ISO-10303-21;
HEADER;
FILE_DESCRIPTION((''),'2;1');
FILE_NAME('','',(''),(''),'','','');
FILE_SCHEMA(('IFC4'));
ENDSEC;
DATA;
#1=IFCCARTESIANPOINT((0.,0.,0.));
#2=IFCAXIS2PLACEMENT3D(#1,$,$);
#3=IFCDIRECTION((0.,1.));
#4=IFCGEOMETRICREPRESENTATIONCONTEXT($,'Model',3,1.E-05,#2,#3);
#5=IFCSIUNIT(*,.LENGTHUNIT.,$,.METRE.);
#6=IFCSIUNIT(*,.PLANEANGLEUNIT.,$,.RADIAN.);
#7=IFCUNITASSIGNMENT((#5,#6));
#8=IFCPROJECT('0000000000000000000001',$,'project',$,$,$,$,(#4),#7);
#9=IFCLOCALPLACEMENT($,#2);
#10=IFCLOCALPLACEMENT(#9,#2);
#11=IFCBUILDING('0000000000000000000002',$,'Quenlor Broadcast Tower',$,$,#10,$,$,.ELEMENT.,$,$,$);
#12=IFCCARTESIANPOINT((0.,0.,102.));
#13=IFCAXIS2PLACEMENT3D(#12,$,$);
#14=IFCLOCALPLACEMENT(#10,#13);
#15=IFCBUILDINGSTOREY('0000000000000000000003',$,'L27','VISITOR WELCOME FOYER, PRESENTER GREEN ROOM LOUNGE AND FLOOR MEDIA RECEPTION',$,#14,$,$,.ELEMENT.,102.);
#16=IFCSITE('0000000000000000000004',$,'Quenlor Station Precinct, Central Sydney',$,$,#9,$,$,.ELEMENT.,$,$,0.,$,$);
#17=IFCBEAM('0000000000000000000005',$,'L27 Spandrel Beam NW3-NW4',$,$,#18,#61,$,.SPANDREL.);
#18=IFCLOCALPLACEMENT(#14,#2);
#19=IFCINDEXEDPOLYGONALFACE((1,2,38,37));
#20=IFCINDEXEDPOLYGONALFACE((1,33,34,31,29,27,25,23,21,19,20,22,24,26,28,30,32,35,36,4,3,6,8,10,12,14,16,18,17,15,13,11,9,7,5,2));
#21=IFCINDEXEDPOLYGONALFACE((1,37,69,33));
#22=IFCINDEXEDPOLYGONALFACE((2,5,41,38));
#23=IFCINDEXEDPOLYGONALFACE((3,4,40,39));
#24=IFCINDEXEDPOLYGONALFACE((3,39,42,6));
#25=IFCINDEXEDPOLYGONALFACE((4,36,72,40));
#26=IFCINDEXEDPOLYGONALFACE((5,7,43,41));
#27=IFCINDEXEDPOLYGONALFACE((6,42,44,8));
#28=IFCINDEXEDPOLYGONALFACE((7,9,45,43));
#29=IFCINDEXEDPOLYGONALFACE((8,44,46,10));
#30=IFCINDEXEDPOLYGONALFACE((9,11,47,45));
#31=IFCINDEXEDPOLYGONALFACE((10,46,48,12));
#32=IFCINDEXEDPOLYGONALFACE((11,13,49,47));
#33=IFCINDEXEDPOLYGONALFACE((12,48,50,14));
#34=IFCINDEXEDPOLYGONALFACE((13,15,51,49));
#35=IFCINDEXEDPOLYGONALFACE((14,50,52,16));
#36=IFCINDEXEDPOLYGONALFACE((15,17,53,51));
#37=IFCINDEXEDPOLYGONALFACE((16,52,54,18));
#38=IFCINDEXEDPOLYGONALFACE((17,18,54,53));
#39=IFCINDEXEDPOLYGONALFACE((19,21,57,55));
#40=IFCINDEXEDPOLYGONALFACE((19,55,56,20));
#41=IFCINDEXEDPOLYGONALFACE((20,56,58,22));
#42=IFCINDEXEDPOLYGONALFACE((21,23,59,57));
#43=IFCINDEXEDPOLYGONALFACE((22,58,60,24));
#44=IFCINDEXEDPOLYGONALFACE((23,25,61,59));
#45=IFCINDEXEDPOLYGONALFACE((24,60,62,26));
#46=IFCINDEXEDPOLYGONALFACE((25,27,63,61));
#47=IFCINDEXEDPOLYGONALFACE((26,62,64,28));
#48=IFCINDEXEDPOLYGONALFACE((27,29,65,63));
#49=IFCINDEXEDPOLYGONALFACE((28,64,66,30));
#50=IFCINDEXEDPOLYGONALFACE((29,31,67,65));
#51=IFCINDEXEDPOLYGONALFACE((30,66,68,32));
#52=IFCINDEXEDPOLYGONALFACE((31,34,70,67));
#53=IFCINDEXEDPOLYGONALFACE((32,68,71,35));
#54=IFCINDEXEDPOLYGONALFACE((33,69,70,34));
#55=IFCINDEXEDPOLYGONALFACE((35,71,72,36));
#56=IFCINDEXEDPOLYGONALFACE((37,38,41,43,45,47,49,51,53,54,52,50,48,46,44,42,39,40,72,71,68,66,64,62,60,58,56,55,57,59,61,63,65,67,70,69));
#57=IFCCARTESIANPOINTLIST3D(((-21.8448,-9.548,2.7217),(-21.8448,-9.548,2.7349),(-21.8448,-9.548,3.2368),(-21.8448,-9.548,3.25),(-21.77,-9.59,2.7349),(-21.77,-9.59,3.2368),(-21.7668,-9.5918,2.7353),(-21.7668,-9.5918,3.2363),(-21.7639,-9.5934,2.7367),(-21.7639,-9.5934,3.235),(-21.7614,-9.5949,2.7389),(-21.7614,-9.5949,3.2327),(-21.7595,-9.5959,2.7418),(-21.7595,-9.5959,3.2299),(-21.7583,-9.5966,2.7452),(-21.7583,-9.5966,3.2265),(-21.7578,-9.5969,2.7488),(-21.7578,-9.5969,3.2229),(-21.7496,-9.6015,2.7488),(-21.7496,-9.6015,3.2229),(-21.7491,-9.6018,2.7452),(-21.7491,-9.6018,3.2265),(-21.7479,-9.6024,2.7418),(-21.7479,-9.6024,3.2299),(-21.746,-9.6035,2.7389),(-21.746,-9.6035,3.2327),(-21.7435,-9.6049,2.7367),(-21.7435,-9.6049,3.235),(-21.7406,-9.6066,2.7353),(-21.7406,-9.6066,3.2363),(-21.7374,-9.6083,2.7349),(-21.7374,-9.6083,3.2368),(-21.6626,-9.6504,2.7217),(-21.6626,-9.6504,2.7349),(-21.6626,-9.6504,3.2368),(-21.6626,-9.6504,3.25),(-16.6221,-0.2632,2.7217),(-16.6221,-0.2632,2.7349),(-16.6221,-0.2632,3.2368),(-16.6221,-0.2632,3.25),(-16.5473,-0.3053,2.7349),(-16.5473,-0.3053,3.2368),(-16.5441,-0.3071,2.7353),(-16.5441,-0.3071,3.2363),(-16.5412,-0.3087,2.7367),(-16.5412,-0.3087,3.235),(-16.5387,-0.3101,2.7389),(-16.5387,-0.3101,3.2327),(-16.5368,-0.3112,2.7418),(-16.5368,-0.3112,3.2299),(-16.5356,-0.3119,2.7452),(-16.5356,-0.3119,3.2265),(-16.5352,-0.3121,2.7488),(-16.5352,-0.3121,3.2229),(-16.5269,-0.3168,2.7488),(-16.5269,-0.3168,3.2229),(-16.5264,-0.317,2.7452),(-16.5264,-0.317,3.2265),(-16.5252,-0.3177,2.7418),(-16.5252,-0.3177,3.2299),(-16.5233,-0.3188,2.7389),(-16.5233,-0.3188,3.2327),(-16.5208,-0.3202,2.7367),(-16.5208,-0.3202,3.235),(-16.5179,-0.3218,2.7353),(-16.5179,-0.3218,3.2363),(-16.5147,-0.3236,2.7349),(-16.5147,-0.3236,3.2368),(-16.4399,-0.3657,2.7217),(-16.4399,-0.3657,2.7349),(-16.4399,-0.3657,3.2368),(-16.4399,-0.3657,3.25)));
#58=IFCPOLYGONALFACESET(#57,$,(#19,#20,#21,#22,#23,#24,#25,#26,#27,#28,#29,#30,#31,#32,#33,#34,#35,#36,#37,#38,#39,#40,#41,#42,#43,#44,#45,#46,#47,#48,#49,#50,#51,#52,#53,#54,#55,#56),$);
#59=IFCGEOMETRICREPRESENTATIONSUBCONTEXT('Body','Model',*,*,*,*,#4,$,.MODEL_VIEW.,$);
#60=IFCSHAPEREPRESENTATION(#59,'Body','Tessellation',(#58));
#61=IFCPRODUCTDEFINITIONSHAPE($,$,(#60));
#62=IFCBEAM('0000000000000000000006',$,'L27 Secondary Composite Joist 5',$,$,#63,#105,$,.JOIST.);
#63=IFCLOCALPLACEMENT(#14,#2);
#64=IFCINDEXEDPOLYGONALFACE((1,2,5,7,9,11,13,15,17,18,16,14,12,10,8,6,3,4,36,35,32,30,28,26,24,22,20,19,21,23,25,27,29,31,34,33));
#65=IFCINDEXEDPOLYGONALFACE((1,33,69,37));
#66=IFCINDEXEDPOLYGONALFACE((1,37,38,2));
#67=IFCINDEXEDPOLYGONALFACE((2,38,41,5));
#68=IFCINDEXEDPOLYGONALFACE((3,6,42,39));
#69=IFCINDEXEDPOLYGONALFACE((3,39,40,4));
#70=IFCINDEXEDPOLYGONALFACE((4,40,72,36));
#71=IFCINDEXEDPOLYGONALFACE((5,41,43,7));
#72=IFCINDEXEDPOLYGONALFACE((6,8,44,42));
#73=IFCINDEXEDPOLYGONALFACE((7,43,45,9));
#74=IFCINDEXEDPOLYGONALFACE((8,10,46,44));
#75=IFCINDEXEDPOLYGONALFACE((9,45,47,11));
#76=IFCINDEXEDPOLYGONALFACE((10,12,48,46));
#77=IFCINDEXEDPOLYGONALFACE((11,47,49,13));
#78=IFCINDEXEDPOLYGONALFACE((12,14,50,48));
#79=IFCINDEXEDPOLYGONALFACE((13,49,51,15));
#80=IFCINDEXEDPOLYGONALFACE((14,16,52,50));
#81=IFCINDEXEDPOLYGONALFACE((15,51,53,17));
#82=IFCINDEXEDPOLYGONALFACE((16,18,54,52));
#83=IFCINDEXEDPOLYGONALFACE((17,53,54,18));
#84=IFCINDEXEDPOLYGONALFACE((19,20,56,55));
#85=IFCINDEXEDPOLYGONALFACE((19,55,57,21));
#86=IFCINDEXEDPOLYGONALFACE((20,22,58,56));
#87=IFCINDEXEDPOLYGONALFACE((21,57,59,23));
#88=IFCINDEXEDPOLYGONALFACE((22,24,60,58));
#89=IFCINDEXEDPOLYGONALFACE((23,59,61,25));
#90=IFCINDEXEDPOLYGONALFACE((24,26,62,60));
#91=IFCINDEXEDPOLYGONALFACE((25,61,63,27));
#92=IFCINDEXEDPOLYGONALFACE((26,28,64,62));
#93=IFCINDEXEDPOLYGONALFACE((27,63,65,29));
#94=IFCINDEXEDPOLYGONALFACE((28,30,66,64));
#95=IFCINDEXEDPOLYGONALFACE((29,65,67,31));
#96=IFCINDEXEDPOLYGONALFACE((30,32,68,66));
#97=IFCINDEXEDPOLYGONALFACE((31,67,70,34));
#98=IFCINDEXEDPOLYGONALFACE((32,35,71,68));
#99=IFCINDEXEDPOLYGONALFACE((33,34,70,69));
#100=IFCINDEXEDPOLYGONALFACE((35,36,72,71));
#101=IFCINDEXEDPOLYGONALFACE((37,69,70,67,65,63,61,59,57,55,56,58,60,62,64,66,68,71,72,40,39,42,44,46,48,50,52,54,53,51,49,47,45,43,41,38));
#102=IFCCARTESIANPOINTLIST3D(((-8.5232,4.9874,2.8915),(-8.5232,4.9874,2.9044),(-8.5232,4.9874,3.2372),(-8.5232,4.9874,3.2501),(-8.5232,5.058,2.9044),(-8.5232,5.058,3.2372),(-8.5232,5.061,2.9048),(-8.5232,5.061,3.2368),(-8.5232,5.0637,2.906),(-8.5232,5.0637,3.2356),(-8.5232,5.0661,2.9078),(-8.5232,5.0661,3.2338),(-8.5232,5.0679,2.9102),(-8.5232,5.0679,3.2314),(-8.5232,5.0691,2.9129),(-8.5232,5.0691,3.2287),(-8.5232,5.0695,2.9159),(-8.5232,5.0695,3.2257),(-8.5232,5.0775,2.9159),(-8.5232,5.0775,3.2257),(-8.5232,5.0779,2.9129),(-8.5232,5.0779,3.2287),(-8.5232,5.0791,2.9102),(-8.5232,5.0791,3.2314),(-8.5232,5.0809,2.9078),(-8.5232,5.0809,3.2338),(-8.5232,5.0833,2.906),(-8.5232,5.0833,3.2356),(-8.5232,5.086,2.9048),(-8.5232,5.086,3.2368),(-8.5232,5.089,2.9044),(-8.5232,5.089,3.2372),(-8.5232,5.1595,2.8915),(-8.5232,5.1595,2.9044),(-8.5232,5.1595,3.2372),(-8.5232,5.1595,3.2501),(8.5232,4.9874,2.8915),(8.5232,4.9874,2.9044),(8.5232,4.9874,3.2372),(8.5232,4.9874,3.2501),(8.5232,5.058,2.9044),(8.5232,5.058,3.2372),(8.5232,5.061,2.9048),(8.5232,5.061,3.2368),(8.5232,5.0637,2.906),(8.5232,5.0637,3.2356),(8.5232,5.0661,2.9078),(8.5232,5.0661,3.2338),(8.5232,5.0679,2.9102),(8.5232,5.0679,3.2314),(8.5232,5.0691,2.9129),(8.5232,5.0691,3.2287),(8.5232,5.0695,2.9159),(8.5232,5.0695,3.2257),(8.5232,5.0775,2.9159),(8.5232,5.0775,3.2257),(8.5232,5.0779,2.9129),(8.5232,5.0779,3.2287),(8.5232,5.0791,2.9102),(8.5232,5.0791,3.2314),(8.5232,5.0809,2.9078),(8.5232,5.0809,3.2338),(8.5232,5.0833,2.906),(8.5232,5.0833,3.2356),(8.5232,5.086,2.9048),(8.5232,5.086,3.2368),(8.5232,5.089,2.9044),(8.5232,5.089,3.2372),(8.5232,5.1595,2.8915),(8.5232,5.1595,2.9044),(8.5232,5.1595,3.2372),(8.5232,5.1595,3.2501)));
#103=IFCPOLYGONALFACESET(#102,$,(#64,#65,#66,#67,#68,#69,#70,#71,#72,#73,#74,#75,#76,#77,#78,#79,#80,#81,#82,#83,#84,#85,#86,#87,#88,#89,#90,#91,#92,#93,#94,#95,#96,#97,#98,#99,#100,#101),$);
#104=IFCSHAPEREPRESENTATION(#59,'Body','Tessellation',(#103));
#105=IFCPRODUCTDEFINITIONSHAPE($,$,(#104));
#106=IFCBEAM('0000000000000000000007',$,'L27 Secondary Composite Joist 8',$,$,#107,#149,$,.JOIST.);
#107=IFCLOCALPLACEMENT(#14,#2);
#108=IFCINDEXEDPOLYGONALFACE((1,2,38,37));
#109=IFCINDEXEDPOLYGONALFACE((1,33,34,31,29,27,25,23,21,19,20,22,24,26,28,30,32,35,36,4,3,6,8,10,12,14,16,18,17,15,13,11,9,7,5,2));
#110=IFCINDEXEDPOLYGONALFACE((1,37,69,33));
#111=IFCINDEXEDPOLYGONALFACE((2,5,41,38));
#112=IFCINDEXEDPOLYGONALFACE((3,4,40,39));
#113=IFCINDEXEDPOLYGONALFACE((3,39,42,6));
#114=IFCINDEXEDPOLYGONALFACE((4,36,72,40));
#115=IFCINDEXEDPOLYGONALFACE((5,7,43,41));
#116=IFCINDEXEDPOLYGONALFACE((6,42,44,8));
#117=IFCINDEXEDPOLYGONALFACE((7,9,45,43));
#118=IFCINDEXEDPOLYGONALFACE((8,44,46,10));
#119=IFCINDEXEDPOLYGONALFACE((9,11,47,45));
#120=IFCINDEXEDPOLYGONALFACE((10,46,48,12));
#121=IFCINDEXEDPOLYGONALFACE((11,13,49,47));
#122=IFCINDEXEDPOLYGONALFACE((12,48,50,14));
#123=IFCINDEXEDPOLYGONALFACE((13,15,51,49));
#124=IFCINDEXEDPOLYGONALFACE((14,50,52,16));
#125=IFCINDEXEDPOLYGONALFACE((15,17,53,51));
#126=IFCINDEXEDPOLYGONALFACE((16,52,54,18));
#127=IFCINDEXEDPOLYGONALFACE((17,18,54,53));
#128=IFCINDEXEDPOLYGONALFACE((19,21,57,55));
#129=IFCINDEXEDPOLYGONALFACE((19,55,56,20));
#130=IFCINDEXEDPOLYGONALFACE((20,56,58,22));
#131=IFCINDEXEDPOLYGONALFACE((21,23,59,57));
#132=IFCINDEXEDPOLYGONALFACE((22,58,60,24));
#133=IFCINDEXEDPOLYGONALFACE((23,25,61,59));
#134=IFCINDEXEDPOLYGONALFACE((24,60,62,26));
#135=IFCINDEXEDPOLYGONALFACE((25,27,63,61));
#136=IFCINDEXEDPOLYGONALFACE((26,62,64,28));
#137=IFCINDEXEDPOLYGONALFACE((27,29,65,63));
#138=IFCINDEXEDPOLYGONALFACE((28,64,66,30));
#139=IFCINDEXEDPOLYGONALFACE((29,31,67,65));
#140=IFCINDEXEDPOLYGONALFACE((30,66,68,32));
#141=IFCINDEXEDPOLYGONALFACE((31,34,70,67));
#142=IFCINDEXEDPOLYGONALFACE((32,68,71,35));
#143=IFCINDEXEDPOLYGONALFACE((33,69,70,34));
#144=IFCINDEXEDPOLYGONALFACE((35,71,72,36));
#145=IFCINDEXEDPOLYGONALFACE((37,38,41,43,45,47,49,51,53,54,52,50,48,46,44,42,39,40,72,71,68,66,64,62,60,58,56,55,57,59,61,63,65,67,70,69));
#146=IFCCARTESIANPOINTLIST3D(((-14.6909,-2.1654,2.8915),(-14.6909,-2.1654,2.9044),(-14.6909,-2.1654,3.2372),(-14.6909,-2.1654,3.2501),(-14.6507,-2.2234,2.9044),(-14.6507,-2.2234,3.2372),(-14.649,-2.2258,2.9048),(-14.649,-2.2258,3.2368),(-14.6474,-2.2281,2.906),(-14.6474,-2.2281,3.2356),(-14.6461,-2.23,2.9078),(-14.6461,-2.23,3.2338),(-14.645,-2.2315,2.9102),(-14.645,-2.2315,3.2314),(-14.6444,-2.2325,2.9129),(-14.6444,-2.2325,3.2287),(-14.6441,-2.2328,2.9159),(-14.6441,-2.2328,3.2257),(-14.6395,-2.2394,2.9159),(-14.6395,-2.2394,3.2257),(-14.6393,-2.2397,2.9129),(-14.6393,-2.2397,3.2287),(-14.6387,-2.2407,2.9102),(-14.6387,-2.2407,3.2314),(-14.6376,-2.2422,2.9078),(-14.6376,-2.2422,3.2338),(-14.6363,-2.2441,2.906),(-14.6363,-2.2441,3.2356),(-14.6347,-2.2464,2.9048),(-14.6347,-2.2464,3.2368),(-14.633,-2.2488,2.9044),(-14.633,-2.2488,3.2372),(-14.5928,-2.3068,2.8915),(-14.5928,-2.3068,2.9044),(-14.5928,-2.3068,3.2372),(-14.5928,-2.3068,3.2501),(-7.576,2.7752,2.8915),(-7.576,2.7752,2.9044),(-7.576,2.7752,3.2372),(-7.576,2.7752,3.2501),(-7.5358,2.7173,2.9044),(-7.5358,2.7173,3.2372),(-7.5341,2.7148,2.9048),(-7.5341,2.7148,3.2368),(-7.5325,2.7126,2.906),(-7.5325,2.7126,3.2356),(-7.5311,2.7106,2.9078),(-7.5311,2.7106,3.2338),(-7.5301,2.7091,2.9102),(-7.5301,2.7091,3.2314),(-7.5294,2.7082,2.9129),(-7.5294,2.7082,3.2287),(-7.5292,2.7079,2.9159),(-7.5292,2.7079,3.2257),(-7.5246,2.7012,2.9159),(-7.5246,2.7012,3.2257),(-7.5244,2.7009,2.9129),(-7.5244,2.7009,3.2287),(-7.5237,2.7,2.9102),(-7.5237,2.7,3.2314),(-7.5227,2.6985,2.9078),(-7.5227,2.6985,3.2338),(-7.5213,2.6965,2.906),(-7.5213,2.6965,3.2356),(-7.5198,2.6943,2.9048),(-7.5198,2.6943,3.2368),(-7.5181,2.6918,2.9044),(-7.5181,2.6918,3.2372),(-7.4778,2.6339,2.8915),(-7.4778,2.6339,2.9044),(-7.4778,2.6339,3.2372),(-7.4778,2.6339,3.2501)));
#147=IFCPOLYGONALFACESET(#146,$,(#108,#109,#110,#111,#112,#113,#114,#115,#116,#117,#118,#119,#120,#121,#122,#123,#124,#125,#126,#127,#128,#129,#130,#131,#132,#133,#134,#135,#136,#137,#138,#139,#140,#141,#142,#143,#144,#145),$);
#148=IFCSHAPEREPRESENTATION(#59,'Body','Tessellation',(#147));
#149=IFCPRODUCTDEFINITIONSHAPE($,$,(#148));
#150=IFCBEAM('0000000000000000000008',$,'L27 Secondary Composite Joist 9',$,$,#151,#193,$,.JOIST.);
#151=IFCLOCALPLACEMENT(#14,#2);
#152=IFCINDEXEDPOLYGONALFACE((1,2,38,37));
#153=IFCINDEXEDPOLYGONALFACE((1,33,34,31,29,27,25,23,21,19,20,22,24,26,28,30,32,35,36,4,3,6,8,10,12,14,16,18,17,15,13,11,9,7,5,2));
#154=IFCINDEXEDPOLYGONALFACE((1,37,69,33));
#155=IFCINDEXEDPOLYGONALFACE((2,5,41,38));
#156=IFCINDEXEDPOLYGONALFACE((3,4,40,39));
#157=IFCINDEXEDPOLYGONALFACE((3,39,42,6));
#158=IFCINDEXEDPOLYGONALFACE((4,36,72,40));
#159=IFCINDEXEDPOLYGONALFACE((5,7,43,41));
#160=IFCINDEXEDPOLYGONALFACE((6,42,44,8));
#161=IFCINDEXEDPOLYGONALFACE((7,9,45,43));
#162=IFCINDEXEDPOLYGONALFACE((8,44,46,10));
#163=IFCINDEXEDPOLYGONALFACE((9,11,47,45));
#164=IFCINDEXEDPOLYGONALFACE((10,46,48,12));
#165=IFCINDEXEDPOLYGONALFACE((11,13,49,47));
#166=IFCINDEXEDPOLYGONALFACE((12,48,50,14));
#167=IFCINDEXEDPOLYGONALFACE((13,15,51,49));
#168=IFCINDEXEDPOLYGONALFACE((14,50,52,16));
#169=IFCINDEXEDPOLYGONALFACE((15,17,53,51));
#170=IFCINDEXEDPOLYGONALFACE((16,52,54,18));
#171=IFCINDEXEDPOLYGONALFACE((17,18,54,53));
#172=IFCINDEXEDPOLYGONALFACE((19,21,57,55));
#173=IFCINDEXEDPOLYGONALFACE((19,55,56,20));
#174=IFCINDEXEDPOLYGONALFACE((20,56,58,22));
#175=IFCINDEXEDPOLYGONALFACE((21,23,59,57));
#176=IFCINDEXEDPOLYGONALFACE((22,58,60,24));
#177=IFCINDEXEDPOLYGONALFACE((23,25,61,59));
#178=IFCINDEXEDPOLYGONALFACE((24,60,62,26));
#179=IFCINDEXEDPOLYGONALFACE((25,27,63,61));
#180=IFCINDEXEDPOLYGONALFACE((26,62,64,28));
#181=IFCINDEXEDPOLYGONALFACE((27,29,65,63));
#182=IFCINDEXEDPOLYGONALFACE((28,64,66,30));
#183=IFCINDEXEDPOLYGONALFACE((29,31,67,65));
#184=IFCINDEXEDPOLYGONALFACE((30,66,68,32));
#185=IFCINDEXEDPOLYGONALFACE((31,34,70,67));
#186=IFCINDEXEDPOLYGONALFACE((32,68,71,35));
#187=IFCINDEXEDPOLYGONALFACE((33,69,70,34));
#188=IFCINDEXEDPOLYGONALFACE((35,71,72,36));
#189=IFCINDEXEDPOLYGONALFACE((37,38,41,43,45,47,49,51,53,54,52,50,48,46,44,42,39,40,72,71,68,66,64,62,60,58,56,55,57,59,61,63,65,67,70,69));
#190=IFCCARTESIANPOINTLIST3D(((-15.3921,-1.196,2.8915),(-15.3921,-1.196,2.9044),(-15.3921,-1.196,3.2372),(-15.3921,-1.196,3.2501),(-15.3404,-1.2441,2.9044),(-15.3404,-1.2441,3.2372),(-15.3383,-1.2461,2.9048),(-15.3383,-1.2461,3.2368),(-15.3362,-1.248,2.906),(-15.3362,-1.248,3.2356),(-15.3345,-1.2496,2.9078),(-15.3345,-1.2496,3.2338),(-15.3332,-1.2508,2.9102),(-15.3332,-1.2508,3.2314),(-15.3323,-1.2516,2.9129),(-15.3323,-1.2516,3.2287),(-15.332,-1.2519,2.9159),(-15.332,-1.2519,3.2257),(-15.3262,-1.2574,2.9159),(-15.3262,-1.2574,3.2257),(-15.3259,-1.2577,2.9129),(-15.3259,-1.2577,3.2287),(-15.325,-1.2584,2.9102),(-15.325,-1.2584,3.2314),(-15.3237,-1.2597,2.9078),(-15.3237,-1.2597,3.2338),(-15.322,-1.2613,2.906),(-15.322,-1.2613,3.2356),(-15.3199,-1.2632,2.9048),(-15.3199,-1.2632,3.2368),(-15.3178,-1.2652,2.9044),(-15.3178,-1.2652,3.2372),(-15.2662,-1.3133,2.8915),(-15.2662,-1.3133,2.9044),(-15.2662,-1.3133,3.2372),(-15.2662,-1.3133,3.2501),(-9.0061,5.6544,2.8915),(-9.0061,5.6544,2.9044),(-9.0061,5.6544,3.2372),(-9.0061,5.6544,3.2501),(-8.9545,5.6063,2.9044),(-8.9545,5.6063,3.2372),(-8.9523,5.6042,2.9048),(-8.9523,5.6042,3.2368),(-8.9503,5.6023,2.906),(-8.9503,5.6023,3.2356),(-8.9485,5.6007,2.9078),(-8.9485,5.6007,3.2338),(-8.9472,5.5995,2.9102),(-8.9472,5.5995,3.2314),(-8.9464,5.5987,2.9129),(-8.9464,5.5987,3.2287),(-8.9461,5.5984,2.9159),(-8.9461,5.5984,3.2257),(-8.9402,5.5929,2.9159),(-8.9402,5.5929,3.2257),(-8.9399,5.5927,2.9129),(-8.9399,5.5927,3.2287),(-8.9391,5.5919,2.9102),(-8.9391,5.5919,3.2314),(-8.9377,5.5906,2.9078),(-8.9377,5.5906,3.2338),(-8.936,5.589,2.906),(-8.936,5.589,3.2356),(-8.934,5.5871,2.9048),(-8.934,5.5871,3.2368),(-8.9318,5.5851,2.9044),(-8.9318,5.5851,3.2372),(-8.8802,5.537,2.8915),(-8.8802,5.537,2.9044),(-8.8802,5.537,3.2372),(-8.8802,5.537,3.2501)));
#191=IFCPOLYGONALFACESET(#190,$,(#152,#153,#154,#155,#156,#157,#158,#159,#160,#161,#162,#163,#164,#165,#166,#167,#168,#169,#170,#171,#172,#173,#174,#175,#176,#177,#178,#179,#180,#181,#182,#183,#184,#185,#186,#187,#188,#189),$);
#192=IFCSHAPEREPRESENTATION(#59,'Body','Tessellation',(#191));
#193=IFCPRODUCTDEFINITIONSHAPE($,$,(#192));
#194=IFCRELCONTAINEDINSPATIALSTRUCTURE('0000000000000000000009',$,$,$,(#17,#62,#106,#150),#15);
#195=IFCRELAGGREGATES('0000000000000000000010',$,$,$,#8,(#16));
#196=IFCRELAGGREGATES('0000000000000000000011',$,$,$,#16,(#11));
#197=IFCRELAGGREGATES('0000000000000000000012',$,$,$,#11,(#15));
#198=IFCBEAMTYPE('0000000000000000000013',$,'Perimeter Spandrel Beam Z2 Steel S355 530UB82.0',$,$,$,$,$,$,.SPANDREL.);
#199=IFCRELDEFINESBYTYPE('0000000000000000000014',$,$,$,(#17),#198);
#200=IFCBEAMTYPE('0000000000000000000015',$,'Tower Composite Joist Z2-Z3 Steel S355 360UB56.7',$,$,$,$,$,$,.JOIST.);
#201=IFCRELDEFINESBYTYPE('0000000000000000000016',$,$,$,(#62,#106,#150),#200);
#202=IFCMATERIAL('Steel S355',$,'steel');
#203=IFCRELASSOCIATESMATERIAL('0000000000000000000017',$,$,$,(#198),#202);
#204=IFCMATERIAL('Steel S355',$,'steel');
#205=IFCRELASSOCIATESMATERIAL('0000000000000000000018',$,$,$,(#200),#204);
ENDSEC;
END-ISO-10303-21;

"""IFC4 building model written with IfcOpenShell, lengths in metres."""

from ifc_helpers import new_model, si_unit, direction, frame, origin, origin_2d, place, context, subcontext, project, spatial, i_section, extrude, material, material_profile, profile_set, type_object, element, save


model = new_model("IFC4")

# Units and contexts
model_context = context("Model", 3, precision=1e-05, world=origin(), true_north=direction((0.0, 1.0)))
body_context = subcontext(model_context, "Body", "Model", "MODEL_VIEW")
ifc_project = project(units=[si_unit("LENGTHUNIT", "METRE"), si_unit("PLANEANGLEUNIT", "RADIAN")], contexts=[model_context])

# Site, building, storey
site_placement = place(None, origin())
site = spatial("IfcSite", under=ifc_project, at=site_placement, Name="Quenlor Station Precinct, Central Sydney", CompositionType="ELEMENT", RefElevation=0.0)
building_placement = place(site_placement, origin())
building = spatial("IfcBuilding", under=site, at=building_placement, Name="Quenlor Broadcast Tower", CompositionType="ELEMENT")
storey_placement = place(building_placement, frame((0.0, 0.0, 102.0)))
storey = spatial("IfcBuildingStorey", under=building, at=storey_placement, Name="L27", Description="VISITOR WELCOME FOYER, PRESENTER GREEN ROOM LOUNGE AND FLOOR MEDIA RECEPTION", CompositionType="ELEMENT", Elevation=102.0)

# Beams
ifc_material_1 = material(Name="Steel S355", Category="steel")
ifc_material_profile_1 = material_profile(ifc_material_1, i_section(OverallWidth=0.209, OverallDepth=0.5283, WebThickness=0.0095, FlangeThickness=0.0132, FilletRadius=0.0139, at=origin_2d()))
ifc_profile_set_1 = profile_set([ifc_material_profile_1], Name="Steel S355 530UB82.0")
beam_type_1 = type_object("IfcBeamType", Name="Perimeter Spandrel Beam Z2 Steel S355 530UB82.0", PredefinedType="SPANDREL", material=ifc_profile_set_1)
beam_1_placement = place(storey_placement, frame((-16.531, -0.3145, 2.9858), z_axis=(-0.490263, -0.871574, 0.0), x_axis=(0.871574, -0.490263, 0.0)))
element("IfcBeam", 1, at=beam_1_placement, inside=storey, type_object=beam_type_1, Name="L27 Spandrel Beam NW3-NW4", PredefinedType="SPANDREL", context=body_context, shape_type="SweptSolid", body=[
    extrude(i_section(OverallWidth=0.209, OverallDepth=0.5283, WebThickness=0.0095, FlangeThickness=0.0132, FilletRadius=0.0139, at=origin_2d()), origin(), (0.0, 0.0, 1.0), 10.6528),
])
ifc_material_2 = material(Name="Steel S355", Category="steel")
ifc_material_profile_2 = material_profile(ifc_material_2, i_section(OverallWidth=0.1721, OverallDepth=0.3586, WebThickness=0.0081, FlangeThickness=0.0129, FilletRadius=0.0115, at=origin_2d()))
ifc_profile_set_2 = profile_set([ifc_material_profile_2], Name="Steel S355 360UB56.7")
beam_type_2 = type_object("IfcBeamType", Name="Tower Composite Joist Z2-Z3 Steel S355 360UB56.7", PredefinedType="JOIST", material=ifc_profile_set_2)
beam_2_placement = place(storey_placement, frame((-8.5232, 5.0735, 3.0708), z_axis=(1.0, 0.0, 0.0), x_axis=(0.0, 1.0, 0.0)))
element("IfcBeam", 2, at=beam_2_placement, inside=storey, type_object=beam_type_2, Name="L27 Secondary Composite Joist 5", PredefinedType="JOIST", context=body_context, shape_type="SweptSolid", body=[
    extrude(i_section(OverallWidth=0.1721, OverallDepth=0.3586, WebThickness=0.0081, FlangeThickness=0.0129, FilletRadius=0.0115, at=origin_2d()), origin(), (0.0, 0.0, 1.0), 17.0464),
])
beam_3_placement = place(storey_placement, frame((-14.6418, -2.2361, 3.0708), z_axis=(0.821386, 0.570373, 0.0), x_axis=(-0.570373, 0.821386, 0.0)))
element("IfcBeam", 3, at=beam_3_placement, inside=storey, type_object=beam_type_2, Name="L27 Secondary Composite Joist 8", PredefinedType="JOIST", context=body_context, shape_type="SweptSolid", body=[
    extrude(i_section(OverallWidth=0.1721, OverallDepth=0.3586, WebThickness=0.0081, FlangeThickness=0.0129, FilletRadius=0.0115, at=origin_2d()), origin(), (0.0, 0.0, 1.0), 8.6621),
])
beam_4_placement = place(storey_placement, frame((-15.3291, -1.2546, 3.0708), z_axis=(0.681881, 0.731463, 0.0), x_axis=(-0.731463, 0.681881, 0.0)))
element("IfcBeam", 4, at=beam_4_placement, inside=storey, type_object=beam_type_2, Name="L27 Secondary Composite Joist 9", PredefinedType="JOIST", context=body_context, shape_type="SweptSolid", body=[
    extrude(i_section(OverallWidth=0.1721, OverallDepth=0.3586, WebThickness=0.0081, FlangeThickness=0.0129, FilletRadius=0.0115, at=origin_2d()), origin(), (0.0, 0.0, 1.0), 9.3652),
])

save(model, "model.ifc")
